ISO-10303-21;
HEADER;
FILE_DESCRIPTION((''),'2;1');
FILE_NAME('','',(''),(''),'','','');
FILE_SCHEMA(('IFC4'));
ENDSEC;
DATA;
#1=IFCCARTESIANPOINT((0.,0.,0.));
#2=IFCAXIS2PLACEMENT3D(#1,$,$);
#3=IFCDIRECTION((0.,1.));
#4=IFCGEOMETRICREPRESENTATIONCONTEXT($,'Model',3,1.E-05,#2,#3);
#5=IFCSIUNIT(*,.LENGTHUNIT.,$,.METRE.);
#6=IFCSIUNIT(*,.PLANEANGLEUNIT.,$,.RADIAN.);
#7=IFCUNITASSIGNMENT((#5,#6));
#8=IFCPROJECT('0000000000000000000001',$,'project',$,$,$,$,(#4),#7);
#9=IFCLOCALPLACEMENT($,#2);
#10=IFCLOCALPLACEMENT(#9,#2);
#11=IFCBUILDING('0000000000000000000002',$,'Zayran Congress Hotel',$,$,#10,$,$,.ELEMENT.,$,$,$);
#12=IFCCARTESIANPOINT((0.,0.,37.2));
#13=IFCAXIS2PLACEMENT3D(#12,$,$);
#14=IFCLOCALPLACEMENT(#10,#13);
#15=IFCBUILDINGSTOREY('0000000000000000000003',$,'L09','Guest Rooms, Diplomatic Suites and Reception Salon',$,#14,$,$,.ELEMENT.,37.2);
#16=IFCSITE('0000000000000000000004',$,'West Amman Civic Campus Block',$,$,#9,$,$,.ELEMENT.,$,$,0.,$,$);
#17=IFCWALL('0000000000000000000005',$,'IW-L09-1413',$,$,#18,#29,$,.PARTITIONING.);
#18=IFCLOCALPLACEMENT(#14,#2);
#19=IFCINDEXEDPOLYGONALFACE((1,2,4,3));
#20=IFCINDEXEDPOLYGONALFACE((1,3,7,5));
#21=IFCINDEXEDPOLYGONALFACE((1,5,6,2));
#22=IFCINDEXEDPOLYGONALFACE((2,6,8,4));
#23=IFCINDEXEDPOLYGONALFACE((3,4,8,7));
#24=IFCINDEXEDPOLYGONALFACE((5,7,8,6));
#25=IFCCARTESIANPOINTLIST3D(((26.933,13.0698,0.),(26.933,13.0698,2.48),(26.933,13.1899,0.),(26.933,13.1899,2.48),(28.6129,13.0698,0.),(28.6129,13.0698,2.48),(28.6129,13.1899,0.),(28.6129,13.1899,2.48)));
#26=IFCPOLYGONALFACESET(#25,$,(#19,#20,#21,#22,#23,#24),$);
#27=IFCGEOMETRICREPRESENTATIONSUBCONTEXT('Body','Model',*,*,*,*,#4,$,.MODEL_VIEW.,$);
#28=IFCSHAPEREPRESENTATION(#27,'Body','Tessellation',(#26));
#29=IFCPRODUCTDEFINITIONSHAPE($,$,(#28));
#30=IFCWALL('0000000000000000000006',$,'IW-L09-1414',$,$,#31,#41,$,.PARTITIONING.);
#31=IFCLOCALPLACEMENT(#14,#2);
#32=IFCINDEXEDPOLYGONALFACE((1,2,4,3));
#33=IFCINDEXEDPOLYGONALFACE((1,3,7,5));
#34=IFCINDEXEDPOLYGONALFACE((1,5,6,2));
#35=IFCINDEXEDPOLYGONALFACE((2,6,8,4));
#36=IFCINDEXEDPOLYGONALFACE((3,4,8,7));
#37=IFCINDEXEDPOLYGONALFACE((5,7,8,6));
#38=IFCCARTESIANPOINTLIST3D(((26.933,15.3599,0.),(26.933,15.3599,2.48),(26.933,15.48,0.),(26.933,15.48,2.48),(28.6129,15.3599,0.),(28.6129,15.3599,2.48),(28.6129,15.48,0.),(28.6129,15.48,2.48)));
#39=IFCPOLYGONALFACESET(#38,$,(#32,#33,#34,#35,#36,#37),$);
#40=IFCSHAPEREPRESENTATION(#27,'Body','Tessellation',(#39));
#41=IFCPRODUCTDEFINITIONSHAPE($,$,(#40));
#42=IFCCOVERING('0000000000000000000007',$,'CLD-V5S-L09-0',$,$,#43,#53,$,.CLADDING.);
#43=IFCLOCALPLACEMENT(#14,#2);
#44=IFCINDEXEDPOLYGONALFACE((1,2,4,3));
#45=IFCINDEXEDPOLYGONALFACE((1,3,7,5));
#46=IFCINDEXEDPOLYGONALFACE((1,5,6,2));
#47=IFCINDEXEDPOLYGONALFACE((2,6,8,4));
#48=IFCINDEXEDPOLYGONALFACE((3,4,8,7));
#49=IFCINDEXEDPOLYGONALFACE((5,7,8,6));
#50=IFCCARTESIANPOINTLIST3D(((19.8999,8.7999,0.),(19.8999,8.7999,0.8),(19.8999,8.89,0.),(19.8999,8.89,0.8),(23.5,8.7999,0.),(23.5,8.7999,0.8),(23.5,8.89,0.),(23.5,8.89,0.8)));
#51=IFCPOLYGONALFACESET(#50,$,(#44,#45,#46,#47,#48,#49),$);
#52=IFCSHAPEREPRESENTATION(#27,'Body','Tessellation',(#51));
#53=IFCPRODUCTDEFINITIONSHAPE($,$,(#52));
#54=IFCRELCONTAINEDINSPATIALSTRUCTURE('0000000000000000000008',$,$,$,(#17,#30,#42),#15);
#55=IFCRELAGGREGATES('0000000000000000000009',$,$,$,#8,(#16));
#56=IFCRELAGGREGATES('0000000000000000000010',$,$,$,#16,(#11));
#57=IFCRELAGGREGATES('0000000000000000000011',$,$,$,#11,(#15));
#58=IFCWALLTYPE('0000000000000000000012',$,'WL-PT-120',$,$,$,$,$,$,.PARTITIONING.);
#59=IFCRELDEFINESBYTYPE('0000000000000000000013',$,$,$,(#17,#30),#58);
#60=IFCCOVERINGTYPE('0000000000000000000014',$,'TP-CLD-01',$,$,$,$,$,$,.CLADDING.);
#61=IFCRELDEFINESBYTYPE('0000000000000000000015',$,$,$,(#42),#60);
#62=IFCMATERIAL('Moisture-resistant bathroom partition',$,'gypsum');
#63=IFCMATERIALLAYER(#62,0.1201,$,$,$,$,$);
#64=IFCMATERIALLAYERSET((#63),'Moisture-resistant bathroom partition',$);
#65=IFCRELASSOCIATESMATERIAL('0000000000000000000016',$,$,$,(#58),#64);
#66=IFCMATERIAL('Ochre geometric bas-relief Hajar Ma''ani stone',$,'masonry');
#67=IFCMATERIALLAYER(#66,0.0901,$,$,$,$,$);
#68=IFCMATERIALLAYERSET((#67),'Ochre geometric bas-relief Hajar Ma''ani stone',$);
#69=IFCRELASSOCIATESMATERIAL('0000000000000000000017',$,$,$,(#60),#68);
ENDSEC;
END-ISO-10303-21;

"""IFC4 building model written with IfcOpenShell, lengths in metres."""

from ifc_helpers import new_model, si_unit, direction, frame, frame_2d, origin, origin_2d, place, context, subcontext, project, spatial, rectangle, extrude, material, layer, layer_set, type_object, element, save


model = new_model("IFC4")

# Units and contexts
model_context = context("Model", 3, precision=1e-05, world=origin(), true_north=direction((0.0, 1.0)))
body_context = subcontext(model_context, "Body", "Model", "MODEL_VIEW")
ifc_project = project(units=[si_unit("LENGTHUNIT", "METRE"), si_unit("PLANEANGLEUNIT", "RADIAN")], contexts=[model_context])

# Site, building, storey
site_placement = place(None, origin())
site = spatial("IfcSite", under=ifc_project, at=site_placement, Name="West Amman Civic Campus Block", CompositionType="ELEMENT", RefElevation=0.0)
building_placement = place(site_placement, origin())
building = spatial("IfcBuilding", under=site, at=building_placement, Name="Zayran Congress Hotel", CompositionType="ELEMENT")
storey_placement = place(building_placement, frame((0.0, 0.0, 37.2)))
storey = spatial("IfcBuildingStorey", under=building, at=storey_placement, Name="L09", Description="Guest Rooms, Diplomatic Suites and Reception Salon", CompositionType="ELEMENT", Elevation=37.2)

# Shared definitions
ifc_material_1 = material(Name="Moisture-resistant bathroom partition", Category="gypsum")
ifc_layer_1 = layer(ifc_material_1, 0.1201)
ifc_layer_set_1 = layer_set([ifc_layer_1], Name="Moisture-resistant bathroom partition")
wall_type_1 = type_object("IfcWallType", Name="WL-PT-120", PredefinedType="PARTITIONING", material=ifc_layer_set_1)

# Walls
for number, where, z_axis, x_axis, name in (
    (1, (26.9331, 13.1299, 0.0), (0.0, 0.0, 1.0), (1.0, 0.0, 0.0), "IW-L09-1413"),
    (2, (26.9331, 15.4199, 0.0), (0.0, 0.0, 1.0), (1.0, 0.0, 0.0), "IW-L09-1414"),
):
    element("IfcWall", number, at=place(storey_placement, frame(where, z_axis=z_axis, x_axis=x_axis)), inside=storey, type_object=wall_type_1, Name=name, PredefinedType="PARTITIONING", context=body_context, shape_type="SweptSolid", body=[
        extrude(rectangle(XDim=1.6799, YDim=0.1201, at=frame_2d((0.8398, 0.0))), origin(), (0.0, 0.0, 1.0), 2.48),
    ])

# Covering
ifc_material_2 = material(Name="Ochre geometric bas-relief Hajar Ma'ani stone", Category="masonry")
ifc_layer_2 = layer(ifc_material_2, 0.0901)
ifc_layer_set_2 = layer_set([ifc_layer_2], Name="Ochre geometric bas-relief Hajar Ma'ani stone")
covering_type = type_object("IfcCoveringType", Name="TP-CLD-01", PredefinedType="CLADDING", material=ifc_layer_set_2)
covering_placement = place(storey_placement, frame((21.7, 8.845, 0.0), z_axis=(0.0, 0.0, 1.0), x_axis=(1.0, 0.0, 0.0)))
element("IfcCovering", 3, at=covering_placement, inside=storey, type_object=covering_type, Name="CLD-V5S-L09-0", PredefinedType="CLADDING", context=body_context, shape_type="SweptSolid", body=[
    extrude(rectangle(XDim=3.6001, YDim=0.0901, at=origin_2d()), origin(), (0.0, 0.0, 1.0), 0.8),
])

save(model, "model.ifc")
